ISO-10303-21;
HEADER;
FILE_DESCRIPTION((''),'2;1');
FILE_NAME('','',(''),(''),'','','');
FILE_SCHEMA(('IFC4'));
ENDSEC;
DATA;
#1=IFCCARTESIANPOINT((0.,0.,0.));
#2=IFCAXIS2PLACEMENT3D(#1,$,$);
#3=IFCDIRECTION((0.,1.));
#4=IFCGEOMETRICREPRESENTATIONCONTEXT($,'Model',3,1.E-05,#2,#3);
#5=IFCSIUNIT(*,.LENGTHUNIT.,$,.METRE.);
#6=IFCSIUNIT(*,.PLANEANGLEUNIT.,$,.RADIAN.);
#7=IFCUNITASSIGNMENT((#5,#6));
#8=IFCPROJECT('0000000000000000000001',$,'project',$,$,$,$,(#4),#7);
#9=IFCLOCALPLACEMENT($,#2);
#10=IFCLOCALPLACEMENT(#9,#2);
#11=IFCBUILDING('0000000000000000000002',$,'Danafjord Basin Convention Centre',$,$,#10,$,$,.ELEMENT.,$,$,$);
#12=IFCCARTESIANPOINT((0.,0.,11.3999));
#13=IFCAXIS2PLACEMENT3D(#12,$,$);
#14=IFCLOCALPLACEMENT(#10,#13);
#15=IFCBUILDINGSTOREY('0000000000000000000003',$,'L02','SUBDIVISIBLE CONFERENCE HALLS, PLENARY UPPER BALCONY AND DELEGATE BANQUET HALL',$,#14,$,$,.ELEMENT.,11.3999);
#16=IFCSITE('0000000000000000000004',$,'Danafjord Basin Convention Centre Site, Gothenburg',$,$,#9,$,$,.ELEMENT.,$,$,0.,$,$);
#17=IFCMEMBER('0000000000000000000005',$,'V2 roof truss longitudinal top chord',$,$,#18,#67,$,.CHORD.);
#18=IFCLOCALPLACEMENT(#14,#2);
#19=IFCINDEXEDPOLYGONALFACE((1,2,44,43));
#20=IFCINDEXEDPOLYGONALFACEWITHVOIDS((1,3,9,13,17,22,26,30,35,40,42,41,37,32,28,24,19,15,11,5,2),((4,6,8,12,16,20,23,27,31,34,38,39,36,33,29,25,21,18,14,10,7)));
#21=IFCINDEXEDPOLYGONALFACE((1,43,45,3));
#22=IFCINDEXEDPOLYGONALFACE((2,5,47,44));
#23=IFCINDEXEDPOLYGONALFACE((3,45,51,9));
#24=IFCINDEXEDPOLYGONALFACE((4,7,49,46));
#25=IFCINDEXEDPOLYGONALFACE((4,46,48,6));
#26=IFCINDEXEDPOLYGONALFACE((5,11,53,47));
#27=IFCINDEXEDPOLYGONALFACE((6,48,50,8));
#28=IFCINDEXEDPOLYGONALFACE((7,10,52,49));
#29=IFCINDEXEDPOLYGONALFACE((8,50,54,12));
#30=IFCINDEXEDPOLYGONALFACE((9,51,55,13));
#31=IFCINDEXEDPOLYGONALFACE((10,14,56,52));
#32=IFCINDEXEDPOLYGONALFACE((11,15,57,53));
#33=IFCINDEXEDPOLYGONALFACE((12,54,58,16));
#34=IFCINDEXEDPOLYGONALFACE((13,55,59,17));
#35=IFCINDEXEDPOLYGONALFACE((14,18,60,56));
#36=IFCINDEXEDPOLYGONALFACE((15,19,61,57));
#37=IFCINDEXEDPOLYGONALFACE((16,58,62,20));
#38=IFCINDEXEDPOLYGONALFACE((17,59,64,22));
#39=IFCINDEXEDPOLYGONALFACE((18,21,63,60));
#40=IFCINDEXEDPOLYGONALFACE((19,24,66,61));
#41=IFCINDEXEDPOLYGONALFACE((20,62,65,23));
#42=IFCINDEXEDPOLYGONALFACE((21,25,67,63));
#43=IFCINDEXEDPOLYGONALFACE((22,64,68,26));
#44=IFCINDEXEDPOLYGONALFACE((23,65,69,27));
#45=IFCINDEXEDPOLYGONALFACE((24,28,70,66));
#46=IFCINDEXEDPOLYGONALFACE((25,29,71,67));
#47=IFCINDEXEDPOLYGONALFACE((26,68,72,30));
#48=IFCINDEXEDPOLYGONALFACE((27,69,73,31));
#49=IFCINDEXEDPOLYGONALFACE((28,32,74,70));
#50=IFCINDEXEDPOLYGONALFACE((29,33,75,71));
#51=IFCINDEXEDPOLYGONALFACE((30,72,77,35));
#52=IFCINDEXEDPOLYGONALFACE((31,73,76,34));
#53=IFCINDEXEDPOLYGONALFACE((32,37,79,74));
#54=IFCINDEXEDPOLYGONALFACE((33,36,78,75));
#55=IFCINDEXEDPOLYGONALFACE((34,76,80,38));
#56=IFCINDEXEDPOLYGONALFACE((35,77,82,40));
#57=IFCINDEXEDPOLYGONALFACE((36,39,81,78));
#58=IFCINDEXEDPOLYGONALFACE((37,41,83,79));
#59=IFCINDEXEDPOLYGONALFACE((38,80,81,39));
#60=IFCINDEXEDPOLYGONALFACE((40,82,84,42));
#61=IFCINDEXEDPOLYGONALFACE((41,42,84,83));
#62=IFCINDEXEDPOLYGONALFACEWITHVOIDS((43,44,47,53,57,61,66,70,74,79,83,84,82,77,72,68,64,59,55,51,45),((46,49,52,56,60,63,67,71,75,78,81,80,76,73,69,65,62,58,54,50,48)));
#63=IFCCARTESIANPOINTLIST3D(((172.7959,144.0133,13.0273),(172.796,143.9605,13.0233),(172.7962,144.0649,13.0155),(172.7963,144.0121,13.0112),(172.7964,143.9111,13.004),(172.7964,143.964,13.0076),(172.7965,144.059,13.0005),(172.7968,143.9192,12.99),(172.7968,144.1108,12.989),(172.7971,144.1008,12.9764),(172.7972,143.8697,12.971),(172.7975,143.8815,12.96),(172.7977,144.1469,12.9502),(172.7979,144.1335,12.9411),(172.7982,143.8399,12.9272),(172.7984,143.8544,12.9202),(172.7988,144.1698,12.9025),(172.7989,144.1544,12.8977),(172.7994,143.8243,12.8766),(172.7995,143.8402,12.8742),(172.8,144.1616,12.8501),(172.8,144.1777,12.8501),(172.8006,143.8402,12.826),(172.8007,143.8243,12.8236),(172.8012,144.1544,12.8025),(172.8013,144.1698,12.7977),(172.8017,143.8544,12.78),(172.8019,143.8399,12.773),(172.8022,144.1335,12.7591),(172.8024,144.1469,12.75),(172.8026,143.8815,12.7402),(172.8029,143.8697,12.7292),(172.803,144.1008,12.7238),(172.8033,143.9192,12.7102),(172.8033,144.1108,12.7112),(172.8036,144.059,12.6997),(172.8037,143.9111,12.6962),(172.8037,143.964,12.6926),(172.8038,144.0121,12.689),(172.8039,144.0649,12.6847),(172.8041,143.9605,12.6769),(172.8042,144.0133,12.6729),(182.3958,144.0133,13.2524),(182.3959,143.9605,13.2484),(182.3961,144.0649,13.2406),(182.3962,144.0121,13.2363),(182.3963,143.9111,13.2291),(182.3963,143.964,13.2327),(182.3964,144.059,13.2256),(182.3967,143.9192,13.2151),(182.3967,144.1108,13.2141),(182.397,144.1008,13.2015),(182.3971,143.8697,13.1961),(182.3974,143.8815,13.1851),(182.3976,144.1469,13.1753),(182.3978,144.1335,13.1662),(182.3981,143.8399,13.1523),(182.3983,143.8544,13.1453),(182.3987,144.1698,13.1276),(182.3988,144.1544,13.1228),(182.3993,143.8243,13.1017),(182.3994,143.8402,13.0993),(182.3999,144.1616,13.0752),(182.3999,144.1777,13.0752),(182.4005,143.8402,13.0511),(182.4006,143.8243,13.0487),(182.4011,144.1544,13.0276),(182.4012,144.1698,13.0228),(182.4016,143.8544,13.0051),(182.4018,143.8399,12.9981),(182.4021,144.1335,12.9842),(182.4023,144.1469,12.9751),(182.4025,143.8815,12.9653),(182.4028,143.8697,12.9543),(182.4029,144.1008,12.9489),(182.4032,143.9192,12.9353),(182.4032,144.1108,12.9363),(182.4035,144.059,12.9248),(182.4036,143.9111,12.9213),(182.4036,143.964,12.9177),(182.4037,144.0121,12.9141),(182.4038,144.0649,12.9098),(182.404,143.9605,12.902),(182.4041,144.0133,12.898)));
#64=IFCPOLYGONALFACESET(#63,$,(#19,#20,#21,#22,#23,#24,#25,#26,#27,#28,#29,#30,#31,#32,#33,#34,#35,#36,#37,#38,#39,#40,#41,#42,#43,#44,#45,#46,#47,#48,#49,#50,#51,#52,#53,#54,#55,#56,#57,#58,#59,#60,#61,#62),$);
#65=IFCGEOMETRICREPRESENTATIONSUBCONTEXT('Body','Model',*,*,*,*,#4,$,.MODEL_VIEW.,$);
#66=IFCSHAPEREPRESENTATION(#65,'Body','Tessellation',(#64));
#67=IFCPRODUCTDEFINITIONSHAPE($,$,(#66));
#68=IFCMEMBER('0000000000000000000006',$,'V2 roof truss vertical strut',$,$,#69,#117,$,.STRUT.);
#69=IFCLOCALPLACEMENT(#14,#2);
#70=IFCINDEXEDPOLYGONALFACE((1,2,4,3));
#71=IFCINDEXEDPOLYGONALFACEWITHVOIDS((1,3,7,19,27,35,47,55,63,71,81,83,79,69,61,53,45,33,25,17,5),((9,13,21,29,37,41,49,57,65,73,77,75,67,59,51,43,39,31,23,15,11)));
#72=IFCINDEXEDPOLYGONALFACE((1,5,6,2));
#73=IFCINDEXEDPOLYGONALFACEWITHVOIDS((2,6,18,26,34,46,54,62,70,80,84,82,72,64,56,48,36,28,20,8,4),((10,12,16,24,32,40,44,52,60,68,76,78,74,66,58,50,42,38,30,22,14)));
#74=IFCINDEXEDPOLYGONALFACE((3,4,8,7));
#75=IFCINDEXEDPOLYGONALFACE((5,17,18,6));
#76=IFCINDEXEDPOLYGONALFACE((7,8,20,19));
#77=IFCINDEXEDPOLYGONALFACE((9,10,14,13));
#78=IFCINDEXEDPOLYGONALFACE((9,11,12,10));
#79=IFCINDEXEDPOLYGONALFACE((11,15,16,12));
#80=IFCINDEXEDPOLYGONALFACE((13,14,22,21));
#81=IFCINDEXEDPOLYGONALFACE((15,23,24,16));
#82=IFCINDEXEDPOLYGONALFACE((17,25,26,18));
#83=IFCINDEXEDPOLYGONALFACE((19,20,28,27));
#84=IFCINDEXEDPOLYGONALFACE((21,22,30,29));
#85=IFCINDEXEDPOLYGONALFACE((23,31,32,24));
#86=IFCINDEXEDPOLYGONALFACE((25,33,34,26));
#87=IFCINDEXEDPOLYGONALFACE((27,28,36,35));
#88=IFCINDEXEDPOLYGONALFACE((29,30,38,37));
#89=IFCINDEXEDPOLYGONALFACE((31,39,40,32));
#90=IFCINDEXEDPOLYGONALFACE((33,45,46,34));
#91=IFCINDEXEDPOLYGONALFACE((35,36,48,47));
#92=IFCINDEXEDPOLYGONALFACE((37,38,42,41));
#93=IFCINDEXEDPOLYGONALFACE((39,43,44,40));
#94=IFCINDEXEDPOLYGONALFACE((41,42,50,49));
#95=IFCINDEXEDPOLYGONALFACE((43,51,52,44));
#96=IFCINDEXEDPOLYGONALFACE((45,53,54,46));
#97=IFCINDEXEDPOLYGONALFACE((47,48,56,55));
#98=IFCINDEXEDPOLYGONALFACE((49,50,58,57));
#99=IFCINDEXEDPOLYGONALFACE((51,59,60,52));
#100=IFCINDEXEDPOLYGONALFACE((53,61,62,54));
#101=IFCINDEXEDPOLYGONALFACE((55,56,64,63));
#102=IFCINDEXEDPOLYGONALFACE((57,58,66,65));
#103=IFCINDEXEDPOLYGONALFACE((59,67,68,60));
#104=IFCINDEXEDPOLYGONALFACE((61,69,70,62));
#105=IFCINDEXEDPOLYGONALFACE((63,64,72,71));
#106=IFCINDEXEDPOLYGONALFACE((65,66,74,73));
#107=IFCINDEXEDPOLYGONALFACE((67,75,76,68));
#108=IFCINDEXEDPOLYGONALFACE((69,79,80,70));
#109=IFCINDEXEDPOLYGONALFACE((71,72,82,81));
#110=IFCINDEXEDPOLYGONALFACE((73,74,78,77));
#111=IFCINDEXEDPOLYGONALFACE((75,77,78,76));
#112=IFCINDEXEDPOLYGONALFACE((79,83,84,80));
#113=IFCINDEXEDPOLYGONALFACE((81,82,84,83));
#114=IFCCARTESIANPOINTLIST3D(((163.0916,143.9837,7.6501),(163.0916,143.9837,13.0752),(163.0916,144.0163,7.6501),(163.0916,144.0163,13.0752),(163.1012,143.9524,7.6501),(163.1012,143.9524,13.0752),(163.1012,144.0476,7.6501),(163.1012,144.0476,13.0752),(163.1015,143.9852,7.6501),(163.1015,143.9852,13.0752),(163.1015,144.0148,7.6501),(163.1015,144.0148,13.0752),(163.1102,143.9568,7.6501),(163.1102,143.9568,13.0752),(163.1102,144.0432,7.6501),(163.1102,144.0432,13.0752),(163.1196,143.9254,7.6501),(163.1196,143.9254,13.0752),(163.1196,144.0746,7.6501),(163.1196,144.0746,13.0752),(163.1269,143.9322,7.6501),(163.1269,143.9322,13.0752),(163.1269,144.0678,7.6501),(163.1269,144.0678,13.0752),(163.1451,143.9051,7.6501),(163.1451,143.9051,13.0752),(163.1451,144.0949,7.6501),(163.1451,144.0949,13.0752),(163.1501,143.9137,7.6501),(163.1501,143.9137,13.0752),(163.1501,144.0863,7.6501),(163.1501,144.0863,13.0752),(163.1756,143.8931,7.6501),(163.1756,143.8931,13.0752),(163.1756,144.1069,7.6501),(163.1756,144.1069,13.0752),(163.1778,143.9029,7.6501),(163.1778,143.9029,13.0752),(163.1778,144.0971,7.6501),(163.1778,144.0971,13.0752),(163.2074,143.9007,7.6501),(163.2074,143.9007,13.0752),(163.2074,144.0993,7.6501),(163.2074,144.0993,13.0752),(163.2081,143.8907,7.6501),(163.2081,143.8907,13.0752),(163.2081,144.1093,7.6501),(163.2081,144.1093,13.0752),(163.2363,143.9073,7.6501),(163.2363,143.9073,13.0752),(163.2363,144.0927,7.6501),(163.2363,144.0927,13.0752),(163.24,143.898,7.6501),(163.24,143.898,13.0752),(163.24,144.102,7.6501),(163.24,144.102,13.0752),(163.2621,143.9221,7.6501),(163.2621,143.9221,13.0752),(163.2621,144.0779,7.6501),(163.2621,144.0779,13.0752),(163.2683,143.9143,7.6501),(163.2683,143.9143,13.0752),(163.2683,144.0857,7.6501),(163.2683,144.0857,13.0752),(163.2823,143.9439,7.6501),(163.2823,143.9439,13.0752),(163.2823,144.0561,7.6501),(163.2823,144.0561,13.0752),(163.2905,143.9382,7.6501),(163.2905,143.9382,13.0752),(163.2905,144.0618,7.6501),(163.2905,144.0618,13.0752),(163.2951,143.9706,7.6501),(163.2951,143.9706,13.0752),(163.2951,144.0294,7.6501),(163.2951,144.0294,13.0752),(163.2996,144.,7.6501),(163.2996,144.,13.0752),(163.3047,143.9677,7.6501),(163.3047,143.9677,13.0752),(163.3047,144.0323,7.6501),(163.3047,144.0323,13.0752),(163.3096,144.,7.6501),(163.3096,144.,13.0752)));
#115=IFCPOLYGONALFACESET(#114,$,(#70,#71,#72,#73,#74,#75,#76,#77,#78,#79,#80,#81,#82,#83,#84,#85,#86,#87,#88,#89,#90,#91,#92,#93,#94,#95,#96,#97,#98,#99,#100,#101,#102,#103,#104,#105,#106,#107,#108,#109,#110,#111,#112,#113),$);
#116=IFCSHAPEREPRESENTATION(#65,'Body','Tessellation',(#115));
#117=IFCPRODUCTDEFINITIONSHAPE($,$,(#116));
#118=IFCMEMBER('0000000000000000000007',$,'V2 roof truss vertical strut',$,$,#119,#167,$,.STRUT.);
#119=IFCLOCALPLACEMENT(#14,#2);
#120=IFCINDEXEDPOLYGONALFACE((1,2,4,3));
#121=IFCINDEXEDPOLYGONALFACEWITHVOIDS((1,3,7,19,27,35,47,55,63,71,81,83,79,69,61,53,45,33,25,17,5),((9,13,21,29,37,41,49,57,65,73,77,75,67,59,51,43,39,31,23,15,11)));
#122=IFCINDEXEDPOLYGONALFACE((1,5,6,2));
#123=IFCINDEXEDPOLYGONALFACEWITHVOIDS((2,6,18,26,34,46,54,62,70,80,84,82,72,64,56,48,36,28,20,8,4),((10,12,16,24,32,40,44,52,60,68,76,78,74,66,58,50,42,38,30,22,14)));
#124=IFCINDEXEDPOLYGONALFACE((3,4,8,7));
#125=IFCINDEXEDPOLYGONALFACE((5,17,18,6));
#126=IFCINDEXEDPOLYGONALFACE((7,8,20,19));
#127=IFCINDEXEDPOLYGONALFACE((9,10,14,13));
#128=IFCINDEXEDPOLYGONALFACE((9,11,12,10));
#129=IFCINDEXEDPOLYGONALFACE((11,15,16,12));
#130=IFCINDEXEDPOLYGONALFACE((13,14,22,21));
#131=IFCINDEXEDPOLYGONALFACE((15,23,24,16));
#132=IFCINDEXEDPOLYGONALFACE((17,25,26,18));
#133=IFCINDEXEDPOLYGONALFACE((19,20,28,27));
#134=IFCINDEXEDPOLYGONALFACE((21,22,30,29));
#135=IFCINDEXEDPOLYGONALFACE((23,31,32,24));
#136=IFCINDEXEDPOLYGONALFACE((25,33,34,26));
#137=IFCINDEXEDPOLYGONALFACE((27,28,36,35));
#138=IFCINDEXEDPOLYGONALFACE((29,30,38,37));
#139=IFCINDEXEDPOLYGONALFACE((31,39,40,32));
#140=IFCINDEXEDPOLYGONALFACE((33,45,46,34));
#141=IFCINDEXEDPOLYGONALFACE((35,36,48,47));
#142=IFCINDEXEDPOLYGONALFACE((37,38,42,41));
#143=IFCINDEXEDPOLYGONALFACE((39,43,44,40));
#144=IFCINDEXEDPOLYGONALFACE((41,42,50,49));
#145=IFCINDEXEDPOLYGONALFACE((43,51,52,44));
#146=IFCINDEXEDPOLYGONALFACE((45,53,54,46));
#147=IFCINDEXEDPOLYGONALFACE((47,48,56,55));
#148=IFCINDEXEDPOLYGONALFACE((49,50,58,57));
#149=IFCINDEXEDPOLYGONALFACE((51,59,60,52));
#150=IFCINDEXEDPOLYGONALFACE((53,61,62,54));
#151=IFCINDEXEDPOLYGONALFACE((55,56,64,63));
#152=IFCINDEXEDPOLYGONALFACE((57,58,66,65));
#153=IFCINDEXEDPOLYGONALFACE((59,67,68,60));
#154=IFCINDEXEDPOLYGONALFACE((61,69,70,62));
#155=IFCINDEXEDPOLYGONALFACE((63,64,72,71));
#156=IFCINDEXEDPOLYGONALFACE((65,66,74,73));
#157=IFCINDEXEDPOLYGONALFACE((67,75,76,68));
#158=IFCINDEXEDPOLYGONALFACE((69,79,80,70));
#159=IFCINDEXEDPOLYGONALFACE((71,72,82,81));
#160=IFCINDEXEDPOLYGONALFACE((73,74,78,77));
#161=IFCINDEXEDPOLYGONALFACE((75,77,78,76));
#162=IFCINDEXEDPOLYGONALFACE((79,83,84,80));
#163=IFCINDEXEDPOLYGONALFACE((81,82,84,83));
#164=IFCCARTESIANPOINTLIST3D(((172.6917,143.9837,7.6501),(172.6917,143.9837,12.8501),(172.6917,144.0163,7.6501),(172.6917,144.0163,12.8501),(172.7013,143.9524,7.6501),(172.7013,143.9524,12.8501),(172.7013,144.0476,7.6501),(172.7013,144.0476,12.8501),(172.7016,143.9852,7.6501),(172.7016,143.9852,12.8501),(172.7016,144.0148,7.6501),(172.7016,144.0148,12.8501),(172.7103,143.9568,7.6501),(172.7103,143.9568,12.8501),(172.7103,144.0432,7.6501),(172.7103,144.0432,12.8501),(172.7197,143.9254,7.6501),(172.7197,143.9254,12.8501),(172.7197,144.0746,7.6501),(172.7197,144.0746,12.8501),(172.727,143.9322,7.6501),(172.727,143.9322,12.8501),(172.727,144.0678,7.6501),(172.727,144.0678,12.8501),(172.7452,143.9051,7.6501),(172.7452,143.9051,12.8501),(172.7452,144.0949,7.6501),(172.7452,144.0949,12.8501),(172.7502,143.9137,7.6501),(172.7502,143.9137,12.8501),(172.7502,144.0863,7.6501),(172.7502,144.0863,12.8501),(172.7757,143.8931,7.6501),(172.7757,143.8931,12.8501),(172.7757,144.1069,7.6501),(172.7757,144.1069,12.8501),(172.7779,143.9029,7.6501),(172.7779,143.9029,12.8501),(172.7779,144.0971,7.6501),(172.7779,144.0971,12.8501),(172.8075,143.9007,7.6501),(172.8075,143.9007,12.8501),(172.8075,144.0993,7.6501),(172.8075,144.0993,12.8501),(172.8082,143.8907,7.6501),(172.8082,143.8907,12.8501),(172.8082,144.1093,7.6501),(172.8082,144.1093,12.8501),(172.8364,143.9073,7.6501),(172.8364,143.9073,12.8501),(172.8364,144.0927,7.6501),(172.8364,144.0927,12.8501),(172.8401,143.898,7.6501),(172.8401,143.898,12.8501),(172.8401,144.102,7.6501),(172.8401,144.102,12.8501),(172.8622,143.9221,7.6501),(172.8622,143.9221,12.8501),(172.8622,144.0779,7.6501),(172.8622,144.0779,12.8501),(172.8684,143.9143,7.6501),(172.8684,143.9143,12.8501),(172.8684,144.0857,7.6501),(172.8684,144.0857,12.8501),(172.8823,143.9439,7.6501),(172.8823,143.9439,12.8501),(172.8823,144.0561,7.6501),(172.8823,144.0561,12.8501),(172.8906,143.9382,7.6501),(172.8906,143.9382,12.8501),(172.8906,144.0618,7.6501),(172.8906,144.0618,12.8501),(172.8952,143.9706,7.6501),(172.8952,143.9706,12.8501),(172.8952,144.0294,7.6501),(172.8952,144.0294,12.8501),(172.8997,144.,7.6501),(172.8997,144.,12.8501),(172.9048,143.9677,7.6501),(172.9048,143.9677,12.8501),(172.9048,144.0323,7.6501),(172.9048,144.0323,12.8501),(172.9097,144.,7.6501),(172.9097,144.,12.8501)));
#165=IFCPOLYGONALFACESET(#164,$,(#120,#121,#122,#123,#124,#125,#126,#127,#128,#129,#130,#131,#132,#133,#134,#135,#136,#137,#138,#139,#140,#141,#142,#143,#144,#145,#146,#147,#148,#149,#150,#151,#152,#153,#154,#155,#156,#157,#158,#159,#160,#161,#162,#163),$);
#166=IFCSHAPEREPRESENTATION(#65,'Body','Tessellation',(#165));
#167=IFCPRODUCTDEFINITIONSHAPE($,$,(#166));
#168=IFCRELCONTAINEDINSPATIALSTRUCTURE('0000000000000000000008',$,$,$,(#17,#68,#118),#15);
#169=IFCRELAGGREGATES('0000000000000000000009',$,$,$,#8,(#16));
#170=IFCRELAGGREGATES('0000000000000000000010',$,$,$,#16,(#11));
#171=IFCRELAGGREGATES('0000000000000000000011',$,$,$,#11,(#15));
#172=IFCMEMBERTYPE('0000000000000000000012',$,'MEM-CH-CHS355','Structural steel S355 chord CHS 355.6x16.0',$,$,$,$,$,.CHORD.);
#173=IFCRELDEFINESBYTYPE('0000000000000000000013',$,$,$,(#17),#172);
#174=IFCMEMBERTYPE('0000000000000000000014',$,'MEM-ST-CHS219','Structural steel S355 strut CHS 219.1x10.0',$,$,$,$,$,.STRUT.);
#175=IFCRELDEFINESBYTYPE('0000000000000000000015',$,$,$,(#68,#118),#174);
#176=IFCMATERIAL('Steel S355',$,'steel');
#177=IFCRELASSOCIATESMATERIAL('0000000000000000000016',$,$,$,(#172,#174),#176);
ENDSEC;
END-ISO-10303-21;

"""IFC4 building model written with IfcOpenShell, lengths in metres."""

from ifc_helpers import new_model, si_unit, direction, frame, origin, origin_2d, place, context, subcontext, project, spatial, hollow_circle, extrude, material, material_profile, profile_set, type_object, element, save


model = new_model("IFC4")

# Units and contexts
model_context = context("Model", 3, precision=1e-05, world=origin(), true_north=direction((0.0, 1.0)))
body_context = subcontext(model_context, "Body", "Model", "MODEL_VIEW")
ifc_project = project(units=[si_unit("LENGTHUNIT", "METRE"), si_unit("PLANEANGLEUNIT", "RADIAN")], contexts=[model_context])

# Site, building, storey
site_placement = place(None, origin())
site = spatial("IfcSite", under=ifc_project, at=site_placement, Name="Danafjord Basin Convention Centre Site, Gothenburg", CompositionType="ELEMENT", RefElevation=0.0)
building_placement = place(site_placement, origin())
building = spatial("IfcBuilding", under=site, at=building_placement, Name="Danafjord Basin Convention Centre", CompositionType="ELEMENT")
storey_placement = place(building_placement, frame((0.0, 0.0, 11.3999)))
storey = spatial("IfcBuildingStorey", under=building, at=storey_placement, Name="L02", Description="SUBDIVISIBLE CONFERENCE HALLS, PLENARY UPPER BALCONY AND DELEGATE BANQUET HALL", CompositionType="ELEMENT", Elevation=11.3999)

# Shared definitions
ifc_material_1 = material(Name="Steel S355", Category="steel")

# Members
ifc_material_profile_1 = material_profile(ifc_material_1, hollow_circle(Radius=0.1777, WallThickness=0.0161, at=origin_2d()), Name="CHS 355.6x16.0")
ifc_profile_set_1 = profile_set([ifc_material_profile_1], Name="Steel S355")
member_type_1 = type_object("IfcMemberType", Name="MEM-CH-CHS355", Description="Structural steel S355 chord CHS 355.6x16.0", PredefinedType="CHORD", material=ifc_profile_set_1)
member_1_placement = place(storey_placement, frame((172.8, 144.0, 12.8501), z_axis=(0.999725, 0.0, 0.023442), x_axis=(0.0, 1.0, 0.0)))
element("IfcMember", 1, at=member_1_placement, inside=storey, type_object=member_type_1, Name="V2 roof truss longitudinal top chord", PredefinedType="CHORD", context=body_context, shape_type="SweptSolid", body=[
    extrude(hollow_circle(Radius=0.1777, WallThickness=0.0161, at=origin_2d()), origin(), (0.0, 0.0, 1.0), 9.6025),
])
ifc_material_profile_2 = material_profile(ifc_material_1, hollow_circle(Radius=0.1096, WallThickness=0.01, at=origin_2d()), Name="CHS 219.1x10.0")
ifc_profile_set_2 = profile_set([ifc_material_profile_2], Name="Steel S355")
member_type_2 = type_object("IfcMemberType", Name="MEM-ST-CHS219", Description="Structural steel S355 strut CHS 219.1x10.0", PredefinedType="STRUT", material=ifc_profile_set_2)
member_2_placement = place(storey_placement, frame((163.2, 144.0, 7.6501), z_axis=(0.0, 0.0, 1.0), x_axis=(1.0, 0.0, 0.0)))
element("IfcMember", 2, at=member_2_placement, inside=storey, type_object=member_type_2, Name="V2 roof truss vertical strut", PredefinedType="STRUT", context=body_context, shape_type="SweptSolid", body=[
    extrude(hollow_circle(Radius=0.1096, WallThickness=0.01, at=origin_2d()), origin(), (0.0, 0.0, 1.0), 5.425),
])
member_3_placement = place(storey_placement, frame((172.8, 144.0, 7.6501), z_axis=(0.0, 0.0, 1.0), x_axis=(1.0, 0.0, 0.0)))
element("IfcMember", 3, at=member_3_placement, inside=storey, type_object=member_type_2, Name="V2 roof truss vertical strut", PredefinedType="STRUT", context=body_context, shape_type="SweptSolid", body=[
    extrude(hollow_circle(Radius=0.1096, WallThickness=0.01, at=origin_2d()), origin(), (0.0, 0.0, 1.0), 5.2),
])

save(model, "model.ifc")
